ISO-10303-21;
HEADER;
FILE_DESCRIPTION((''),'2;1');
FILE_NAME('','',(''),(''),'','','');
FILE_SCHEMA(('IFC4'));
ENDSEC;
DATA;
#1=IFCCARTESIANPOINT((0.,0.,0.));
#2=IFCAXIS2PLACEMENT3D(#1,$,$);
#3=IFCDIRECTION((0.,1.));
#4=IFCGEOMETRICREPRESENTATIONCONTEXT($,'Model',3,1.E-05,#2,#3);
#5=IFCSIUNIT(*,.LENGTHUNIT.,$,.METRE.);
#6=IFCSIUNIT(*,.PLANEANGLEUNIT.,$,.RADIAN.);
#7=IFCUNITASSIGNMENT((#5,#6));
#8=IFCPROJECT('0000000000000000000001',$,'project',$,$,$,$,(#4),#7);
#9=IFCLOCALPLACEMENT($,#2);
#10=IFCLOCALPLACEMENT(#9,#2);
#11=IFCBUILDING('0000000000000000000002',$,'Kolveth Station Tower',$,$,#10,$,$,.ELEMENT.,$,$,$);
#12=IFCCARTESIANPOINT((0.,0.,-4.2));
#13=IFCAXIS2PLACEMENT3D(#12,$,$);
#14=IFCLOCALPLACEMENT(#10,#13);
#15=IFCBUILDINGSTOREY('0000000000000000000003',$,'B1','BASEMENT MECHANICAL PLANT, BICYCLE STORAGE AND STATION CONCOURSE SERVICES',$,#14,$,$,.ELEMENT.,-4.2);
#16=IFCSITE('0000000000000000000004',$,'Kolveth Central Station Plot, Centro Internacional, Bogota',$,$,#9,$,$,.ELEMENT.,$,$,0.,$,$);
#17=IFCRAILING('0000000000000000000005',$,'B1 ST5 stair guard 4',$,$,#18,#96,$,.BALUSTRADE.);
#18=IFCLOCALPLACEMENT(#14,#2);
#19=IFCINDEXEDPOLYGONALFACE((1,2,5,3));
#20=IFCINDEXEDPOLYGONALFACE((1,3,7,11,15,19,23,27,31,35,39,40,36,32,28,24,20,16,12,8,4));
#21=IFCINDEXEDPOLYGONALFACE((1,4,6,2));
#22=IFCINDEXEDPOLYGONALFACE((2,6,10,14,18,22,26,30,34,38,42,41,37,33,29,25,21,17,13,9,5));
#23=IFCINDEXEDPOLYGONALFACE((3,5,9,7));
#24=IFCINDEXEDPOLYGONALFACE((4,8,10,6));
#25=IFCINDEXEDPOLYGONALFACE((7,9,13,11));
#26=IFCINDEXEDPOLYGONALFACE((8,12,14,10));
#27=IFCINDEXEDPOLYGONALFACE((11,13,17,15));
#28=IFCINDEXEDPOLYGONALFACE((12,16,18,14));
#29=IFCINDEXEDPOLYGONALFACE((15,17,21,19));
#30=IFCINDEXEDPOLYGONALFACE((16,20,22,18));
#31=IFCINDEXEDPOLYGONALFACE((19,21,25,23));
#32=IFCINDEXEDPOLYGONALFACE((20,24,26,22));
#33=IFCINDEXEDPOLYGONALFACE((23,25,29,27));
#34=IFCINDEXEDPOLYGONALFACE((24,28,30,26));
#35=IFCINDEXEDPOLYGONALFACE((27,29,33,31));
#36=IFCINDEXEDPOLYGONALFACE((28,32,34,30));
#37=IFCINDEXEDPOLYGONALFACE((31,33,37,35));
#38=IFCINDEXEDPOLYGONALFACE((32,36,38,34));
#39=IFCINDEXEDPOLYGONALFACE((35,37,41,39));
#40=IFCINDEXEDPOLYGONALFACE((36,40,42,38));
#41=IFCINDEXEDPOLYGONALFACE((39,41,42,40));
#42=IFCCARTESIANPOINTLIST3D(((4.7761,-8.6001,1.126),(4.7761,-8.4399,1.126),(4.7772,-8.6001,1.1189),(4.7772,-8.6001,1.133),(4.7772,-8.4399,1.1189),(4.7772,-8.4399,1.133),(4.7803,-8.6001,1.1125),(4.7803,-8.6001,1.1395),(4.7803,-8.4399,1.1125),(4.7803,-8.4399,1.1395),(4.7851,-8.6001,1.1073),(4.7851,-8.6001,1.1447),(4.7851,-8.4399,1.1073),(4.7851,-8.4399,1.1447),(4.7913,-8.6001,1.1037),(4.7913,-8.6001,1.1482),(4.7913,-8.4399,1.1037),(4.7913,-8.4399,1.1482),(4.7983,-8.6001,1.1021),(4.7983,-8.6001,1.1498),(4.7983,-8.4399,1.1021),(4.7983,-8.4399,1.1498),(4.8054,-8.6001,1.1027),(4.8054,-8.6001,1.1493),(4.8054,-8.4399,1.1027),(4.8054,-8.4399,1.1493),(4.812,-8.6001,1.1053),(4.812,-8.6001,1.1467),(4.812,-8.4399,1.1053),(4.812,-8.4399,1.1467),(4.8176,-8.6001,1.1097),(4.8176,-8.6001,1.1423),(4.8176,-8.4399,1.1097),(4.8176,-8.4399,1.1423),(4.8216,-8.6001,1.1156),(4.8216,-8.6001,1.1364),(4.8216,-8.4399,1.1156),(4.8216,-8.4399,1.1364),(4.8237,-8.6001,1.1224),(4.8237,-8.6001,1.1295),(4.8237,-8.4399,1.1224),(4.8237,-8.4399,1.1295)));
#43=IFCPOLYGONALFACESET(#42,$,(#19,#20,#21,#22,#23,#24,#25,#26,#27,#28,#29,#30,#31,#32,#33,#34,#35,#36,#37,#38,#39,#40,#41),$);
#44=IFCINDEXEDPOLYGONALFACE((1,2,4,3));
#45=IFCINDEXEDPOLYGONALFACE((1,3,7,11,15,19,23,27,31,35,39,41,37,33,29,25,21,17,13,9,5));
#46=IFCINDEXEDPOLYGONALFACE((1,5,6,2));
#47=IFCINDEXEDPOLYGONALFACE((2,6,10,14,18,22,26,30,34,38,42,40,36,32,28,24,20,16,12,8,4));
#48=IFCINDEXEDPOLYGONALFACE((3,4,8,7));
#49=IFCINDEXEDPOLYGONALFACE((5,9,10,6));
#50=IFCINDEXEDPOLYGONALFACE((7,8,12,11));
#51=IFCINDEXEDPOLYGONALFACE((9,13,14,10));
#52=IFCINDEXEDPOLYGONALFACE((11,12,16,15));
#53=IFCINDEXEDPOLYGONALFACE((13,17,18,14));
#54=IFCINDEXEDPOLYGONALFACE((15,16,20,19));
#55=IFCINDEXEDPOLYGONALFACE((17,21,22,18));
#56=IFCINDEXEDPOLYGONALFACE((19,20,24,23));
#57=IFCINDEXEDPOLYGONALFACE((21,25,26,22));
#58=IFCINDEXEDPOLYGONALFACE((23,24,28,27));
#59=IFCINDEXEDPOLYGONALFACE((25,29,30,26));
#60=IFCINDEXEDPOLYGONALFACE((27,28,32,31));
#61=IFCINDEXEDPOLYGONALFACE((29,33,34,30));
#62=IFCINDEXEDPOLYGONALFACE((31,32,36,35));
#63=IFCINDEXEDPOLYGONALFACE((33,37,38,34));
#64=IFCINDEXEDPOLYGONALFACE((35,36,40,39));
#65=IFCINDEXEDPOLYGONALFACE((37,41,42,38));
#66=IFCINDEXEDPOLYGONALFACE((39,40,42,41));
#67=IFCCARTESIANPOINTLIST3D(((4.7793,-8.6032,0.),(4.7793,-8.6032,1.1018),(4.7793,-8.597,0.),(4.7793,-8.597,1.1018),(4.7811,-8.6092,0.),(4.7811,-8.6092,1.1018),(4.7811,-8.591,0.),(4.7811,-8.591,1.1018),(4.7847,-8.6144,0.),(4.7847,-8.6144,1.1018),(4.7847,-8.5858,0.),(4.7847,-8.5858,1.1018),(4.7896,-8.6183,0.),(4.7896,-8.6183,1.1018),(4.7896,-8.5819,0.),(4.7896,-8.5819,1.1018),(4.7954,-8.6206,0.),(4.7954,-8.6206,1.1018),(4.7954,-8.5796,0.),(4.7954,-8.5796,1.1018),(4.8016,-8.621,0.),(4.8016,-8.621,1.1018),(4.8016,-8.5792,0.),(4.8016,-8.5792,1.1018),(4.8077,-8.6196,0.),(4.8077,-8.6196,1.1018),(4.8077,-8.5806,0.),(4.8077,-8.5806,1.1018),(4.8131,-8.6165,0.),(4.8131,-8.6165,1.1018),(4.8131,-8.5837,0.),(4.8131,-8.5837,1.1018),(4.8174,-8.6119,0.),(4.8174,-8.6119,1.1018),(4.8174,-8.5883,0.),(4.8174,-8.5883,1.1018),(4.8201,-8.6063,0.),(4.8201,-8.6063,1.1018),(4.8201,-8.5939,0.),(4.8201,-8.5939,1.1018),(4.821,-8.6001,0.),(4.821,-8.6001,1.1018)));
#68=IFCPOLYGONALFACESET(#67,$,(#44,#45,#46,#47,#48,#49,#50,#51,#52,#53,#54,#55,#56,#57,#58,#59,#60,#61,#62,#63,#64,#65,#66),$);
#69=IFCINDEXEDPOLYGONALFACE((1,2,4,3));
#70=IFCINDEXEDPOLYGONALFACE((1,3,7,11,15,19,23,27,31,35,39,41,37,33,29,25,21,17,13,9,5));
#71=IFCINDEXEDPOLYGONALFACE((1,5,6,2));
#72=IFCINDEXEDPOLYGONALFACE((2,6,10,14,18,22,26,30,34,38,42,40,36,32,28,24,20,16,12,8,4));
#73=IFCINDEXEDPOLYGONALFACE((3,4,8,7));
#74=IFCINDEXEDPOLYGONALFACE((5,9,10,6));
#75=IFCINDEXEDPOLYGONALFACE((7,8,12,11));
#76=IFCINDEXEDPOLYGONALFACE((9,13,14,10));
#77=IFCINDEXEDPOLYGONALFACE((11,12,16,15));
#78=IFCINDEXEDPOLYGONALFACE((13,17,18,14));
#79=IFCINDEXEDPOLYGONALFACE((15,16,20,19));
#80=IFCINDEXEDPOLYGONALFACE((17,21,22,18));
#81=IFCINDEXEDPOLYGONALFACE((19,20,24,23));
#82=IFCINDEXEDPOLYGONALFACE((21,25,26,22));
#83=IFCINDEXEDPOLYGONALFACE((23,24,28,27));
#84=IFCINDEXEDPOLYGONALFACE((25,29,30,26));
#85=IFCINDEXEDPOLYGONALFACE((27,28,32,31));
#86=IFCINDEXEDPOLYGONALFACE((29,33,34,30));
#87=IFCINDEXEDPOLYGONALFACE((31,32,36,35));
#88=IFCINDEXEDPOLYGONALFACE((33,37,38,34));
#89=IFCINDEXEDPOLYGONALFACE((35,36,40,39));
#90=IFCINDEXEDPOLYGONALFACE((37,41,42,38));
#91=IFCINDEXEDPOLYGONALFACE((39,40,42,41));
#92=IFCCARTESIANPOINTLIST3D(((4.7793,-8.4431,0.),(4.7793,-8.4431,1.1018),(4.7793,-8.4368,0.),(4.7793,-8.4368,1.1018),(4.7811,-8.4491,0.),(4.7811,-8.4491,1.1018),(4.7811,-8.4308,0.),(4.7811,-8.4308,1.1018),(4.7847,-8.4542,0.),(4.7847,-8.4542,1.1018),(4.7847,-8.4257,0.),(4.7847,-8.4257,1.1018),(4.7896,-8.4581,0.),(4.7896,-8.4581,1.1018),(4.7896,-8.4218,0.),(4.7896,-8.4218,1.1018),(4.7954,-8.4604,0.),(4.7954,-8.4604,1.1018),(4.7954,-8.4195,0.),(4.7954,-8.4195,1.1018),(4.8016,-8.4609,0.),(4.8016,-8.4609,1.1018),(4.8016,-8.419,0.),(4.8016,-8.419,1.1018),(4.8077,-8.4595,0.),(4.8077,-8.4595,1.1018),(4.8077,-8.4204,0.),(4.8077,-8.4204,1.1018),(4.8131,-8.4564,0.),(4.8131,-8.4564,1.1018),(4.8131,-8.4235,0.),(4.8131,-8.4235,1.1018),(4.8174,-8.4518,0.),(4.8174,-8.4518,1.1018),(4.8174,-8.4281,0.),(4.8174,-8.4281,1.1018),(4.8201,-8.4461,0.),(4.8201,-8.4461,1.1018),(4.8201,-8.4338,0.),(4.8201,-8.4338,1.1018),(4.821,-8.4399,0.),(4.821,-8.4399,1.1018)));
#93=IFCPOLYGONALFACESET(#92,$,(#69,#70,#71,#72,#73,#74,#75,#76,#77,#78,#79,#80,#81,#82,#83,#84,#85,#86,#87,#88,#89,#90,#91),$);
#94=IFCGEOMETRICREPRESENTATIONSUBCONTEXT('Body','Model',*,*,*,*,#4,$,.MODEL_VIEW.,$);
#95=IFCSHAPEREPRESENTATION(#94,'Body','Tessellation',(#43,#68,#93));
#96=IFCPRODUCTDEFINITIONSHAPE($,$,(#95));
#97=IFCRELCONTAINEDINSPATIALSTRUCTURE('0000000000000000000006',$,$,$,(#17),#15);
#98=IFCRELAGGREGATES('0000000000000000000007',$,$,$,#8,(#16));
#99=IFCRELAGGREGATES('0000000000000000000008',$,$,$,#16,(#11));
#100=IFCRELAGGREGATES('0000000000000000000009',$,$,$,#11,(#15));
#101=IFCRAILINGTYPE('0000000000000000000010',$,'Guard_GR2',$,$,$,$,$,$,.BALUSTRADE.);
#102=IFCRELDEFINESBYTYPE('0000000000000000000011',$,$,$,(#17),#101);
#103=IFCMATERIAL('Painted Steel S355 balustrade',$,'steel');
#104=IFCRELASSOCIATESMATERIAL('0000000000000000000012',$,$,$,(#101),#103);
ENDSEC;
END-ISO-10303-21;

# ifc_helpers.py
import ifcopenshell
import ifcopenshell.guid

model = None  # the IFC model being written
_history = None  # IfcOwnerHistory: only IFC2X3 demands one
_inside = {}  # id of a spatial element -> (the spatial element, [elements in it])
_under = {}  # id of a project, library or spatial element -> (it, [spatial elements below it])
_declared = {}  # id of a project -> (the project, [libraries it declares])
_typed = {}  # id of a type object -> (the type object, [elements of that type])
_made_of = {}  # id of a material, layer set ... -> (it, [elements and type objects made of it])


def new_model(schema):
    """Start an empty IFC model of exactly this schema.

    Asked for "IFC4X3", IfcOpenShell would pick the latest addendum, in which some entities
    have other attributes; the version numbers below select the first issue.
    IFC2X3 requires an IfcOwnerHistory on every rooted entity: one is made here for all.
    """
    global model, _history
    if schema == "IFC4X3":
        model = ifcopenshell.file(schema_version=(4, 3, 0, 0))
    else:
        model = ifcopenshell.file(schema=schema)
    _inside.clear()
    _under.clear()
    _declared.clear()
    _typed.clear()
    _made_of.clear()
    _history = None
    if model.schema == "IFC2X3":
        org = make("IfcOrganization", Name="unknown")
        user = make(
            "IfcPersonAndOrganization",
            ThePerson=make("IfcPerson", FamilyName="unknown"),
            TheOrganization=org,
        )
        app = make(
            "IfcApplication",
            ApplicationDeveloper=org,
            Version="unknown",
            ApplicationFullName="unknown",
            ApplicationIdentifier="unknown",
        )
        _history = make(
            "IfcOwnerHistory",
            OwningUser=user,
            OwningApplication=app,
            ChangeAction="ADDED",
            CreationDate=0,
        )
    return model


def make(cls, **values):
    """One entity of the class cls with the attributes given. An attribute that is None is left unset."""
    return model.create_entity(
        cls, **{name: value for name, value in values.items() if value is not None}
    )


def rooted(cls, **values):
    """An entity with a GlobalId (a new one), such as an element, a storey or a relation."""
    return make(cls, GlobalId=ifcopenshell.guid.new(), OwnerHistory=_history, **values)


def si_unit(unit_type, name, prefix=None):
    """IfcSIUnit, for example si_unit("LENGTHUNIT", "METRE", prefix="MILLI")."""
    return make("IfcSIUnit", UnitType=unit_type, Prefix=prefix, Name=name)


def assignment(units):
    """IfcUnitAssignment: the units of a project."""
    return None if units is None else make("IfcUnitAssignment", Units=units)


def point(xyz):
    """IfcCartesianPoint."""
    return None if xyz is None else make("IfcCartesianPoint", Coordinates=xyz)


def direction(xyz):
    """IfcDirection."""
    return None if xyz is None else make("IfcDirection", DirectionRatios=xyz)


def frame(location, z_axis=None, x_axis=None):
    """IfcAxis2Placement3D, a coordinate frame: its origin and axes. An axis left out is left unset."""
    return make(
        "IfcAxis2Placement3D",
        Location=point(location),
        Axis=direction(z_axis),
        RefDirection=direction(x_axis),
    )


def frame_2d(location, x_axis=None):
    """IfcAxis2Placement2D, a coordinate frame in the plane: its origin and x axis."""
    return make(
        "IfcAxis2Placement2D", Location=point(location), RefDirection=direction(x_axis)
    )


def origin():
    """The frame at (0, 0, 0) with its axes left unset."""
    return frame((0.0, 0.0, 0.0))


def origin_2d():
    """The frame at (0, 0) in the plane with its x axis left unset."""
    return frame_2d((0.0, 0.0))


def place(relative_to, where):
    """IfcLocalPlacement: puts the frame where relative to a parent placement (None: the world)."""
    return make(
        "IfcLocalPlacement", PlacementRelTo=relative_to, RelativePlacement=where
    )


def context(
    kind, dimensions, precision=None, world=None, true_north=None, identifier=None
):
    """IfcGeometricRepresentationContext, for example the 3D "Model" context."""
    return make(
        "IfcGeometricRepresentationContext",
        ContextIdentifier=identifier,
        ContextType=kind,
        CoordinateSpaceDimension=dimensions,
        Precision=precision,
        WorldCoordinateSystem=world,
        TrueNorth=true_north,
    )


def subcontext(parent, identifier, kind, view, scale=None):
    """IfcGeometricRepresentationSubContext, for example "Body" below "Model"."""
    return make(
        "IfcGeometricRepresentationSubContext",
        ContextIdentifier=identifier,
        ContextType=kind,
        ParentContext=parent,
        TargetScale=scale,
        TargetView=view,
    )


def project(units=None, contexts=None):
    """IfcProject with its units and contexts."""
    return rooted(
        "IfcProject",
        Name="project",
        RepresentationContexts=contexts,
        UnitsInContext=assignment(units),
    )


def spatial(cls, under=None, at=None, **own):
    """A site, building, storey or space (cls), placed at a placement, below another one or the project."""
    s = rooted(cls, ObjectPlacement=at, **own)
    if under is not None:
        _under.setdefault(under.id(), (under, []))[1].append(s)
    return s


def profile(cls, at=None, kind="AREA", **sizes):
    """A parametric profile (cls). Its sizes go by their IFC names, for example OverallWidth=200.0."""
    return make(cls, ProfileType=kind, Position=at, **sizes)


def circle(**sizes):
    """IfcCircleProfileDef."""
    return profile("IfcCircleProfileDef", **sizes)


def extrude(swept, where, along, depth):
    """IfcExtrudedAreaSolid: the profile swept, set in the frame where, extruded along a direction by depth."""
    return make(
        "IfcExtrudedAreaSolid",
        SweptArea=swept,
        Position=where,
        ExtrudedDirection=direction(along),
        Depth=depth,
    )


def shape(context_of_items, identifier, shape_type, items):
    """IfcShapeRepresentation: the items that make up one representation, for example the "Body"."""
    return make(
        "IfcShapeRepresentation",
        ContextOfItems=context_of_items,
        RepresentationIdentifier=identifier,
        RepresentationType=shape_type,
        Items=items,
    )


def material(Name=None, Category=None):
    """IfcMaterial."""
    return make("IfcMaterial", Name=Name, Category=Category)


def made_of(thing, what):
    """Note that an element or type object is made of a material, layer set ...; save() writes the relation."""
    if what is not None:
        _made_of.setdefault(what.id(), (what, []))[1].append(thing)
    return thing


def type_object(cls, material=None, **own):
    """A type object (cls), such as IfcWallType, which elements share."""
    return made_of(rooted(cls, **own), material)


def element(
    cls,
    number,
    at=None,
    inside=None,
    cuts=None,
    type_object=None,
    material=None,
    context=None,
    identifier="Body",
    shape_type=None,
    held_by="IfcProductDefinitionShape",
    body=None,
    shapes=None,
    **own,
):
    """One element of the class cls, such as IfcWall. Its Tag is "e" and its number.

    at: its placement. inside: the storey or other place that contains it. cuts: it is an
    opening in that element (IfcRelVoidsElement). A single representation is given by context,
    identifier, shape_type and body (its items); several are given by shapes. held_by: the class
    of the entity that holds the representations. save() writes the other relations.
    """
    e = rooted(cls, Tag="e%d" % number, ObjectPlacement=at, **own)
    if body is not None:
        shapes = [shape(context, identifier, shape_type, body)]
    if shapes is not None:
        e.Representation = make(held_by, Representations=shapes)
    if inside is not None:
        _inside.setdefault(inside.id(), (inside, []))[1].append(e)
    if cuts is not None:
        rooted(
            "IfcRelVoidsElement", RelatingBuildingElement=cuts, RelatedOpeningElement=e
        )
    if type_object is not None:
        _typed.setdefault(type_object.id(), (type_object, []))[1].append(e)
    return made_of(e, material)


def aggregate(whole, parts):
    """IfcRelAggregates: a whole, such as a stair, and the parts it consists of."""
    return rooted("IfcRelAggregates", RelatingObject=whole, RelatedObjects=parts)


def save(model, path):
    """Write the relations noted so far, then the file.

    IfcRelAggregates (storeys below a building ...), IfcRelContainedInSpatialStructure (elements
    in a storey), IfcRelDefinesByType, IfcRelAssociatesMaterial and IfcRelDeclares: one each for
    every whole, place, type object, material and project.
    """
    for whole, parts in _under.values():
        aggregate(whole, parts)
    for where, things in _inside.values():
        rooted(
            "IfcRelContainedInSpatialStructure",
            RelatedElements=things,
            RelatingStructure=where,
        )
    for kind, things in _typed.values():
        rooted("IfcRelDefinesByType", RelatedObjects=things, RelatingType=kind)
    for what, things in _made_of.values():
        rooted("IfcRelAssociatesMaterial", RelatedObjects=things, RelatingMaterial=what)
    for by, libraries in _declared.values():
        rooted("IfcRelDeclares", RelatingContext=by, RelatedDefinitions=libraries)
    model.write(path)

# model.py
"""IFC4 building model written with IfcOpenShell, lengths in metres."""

from ifc_helpers import new_model, si_unit, direction, frame, origin, origin_2d, place, context, subcontext, project, spatial, circle, extrude, material, type_object, element, save


model = new_model("IFC4")

# Units and contexts
model_context = context("Model", 3, precision=1e-05, world=origin(), true_north=direction((0.0, 1.0)))
body_context = subcontext(model_context, "Body", "Model", "MODEL_VIEW")
ifc_project = project(units=[si_unit("LENGTHUNIT", "METRE"), si_unit("PLANEANGLEUNIT", "RADIAN")], contexts=[model_context])

# Site, building, storey
site_placement = place(None, origin())
site = spatial("IfcSite", under=ifc_project, at=site_placement, Name="Kolveth Central Station Plot, Centro Internacional, Bogota", CompositionType="ELEMENT", RefElevation=0.0)
building_placement = place(site_placement, origin())
building = spatial("IfcBuilding", under=site, at=building_placement, Name="Kolveth Station Tower", CompositionType="ELEMENT")
storey_placement = place(building_placement, frame((0.0, 0.0, -4.2)))
storey = spatial("IfcBuildingStorey", under=building, at=storey_placement, Name="B1", Description="BASEMENT MECHANICAL PLANT, BICYCLE STORAGE AND STATION CONCOURSE SERVICES", CompositionType="ELEMENT", Elevation=-4.2)

# Railing
ifc_material_1 = material(Name="Painted Steel S355 balustrade", Category="steel")
railing_type_1 = type_object("IfcRailingType", Name="Guard_GR2", PredefinedType="BALUSTRADE", material=ifc_material_1)
railing_1_placement = place(storey_placement, frame((4.8, -8.6001, 0.0)))
element("IfcRailing", 1, at=railing_1_placement, inside=storey, type_object=railing_type_1, Name="B1 ST5 stair guard 4", PredefinedType="BALUSTRADE", context=body_context, shape_type="SweptSolid", body=[
    extrude(circle(Radius=0.0239, at=origin_2d()), frame((0.0, 0.0, 1.126), z_axis=(0.0, 1.0, 0.0), x_axis=(-1.0, 0.0, 0.0)), (0.0, 0.0, 1.0), 0.1602),
    extrude(circle(Radius=0.021, at=origin_2d()), origin(), (0.0, 0.0, 1.0), 1.1018),
    extrude(circle(Radius=0.021, at=origin_2d()), frame((0.0, 0.1602, 0.0)), (0.0, 0.0, 1.0), 1.1018),
])

save(model, "model.ifc")
